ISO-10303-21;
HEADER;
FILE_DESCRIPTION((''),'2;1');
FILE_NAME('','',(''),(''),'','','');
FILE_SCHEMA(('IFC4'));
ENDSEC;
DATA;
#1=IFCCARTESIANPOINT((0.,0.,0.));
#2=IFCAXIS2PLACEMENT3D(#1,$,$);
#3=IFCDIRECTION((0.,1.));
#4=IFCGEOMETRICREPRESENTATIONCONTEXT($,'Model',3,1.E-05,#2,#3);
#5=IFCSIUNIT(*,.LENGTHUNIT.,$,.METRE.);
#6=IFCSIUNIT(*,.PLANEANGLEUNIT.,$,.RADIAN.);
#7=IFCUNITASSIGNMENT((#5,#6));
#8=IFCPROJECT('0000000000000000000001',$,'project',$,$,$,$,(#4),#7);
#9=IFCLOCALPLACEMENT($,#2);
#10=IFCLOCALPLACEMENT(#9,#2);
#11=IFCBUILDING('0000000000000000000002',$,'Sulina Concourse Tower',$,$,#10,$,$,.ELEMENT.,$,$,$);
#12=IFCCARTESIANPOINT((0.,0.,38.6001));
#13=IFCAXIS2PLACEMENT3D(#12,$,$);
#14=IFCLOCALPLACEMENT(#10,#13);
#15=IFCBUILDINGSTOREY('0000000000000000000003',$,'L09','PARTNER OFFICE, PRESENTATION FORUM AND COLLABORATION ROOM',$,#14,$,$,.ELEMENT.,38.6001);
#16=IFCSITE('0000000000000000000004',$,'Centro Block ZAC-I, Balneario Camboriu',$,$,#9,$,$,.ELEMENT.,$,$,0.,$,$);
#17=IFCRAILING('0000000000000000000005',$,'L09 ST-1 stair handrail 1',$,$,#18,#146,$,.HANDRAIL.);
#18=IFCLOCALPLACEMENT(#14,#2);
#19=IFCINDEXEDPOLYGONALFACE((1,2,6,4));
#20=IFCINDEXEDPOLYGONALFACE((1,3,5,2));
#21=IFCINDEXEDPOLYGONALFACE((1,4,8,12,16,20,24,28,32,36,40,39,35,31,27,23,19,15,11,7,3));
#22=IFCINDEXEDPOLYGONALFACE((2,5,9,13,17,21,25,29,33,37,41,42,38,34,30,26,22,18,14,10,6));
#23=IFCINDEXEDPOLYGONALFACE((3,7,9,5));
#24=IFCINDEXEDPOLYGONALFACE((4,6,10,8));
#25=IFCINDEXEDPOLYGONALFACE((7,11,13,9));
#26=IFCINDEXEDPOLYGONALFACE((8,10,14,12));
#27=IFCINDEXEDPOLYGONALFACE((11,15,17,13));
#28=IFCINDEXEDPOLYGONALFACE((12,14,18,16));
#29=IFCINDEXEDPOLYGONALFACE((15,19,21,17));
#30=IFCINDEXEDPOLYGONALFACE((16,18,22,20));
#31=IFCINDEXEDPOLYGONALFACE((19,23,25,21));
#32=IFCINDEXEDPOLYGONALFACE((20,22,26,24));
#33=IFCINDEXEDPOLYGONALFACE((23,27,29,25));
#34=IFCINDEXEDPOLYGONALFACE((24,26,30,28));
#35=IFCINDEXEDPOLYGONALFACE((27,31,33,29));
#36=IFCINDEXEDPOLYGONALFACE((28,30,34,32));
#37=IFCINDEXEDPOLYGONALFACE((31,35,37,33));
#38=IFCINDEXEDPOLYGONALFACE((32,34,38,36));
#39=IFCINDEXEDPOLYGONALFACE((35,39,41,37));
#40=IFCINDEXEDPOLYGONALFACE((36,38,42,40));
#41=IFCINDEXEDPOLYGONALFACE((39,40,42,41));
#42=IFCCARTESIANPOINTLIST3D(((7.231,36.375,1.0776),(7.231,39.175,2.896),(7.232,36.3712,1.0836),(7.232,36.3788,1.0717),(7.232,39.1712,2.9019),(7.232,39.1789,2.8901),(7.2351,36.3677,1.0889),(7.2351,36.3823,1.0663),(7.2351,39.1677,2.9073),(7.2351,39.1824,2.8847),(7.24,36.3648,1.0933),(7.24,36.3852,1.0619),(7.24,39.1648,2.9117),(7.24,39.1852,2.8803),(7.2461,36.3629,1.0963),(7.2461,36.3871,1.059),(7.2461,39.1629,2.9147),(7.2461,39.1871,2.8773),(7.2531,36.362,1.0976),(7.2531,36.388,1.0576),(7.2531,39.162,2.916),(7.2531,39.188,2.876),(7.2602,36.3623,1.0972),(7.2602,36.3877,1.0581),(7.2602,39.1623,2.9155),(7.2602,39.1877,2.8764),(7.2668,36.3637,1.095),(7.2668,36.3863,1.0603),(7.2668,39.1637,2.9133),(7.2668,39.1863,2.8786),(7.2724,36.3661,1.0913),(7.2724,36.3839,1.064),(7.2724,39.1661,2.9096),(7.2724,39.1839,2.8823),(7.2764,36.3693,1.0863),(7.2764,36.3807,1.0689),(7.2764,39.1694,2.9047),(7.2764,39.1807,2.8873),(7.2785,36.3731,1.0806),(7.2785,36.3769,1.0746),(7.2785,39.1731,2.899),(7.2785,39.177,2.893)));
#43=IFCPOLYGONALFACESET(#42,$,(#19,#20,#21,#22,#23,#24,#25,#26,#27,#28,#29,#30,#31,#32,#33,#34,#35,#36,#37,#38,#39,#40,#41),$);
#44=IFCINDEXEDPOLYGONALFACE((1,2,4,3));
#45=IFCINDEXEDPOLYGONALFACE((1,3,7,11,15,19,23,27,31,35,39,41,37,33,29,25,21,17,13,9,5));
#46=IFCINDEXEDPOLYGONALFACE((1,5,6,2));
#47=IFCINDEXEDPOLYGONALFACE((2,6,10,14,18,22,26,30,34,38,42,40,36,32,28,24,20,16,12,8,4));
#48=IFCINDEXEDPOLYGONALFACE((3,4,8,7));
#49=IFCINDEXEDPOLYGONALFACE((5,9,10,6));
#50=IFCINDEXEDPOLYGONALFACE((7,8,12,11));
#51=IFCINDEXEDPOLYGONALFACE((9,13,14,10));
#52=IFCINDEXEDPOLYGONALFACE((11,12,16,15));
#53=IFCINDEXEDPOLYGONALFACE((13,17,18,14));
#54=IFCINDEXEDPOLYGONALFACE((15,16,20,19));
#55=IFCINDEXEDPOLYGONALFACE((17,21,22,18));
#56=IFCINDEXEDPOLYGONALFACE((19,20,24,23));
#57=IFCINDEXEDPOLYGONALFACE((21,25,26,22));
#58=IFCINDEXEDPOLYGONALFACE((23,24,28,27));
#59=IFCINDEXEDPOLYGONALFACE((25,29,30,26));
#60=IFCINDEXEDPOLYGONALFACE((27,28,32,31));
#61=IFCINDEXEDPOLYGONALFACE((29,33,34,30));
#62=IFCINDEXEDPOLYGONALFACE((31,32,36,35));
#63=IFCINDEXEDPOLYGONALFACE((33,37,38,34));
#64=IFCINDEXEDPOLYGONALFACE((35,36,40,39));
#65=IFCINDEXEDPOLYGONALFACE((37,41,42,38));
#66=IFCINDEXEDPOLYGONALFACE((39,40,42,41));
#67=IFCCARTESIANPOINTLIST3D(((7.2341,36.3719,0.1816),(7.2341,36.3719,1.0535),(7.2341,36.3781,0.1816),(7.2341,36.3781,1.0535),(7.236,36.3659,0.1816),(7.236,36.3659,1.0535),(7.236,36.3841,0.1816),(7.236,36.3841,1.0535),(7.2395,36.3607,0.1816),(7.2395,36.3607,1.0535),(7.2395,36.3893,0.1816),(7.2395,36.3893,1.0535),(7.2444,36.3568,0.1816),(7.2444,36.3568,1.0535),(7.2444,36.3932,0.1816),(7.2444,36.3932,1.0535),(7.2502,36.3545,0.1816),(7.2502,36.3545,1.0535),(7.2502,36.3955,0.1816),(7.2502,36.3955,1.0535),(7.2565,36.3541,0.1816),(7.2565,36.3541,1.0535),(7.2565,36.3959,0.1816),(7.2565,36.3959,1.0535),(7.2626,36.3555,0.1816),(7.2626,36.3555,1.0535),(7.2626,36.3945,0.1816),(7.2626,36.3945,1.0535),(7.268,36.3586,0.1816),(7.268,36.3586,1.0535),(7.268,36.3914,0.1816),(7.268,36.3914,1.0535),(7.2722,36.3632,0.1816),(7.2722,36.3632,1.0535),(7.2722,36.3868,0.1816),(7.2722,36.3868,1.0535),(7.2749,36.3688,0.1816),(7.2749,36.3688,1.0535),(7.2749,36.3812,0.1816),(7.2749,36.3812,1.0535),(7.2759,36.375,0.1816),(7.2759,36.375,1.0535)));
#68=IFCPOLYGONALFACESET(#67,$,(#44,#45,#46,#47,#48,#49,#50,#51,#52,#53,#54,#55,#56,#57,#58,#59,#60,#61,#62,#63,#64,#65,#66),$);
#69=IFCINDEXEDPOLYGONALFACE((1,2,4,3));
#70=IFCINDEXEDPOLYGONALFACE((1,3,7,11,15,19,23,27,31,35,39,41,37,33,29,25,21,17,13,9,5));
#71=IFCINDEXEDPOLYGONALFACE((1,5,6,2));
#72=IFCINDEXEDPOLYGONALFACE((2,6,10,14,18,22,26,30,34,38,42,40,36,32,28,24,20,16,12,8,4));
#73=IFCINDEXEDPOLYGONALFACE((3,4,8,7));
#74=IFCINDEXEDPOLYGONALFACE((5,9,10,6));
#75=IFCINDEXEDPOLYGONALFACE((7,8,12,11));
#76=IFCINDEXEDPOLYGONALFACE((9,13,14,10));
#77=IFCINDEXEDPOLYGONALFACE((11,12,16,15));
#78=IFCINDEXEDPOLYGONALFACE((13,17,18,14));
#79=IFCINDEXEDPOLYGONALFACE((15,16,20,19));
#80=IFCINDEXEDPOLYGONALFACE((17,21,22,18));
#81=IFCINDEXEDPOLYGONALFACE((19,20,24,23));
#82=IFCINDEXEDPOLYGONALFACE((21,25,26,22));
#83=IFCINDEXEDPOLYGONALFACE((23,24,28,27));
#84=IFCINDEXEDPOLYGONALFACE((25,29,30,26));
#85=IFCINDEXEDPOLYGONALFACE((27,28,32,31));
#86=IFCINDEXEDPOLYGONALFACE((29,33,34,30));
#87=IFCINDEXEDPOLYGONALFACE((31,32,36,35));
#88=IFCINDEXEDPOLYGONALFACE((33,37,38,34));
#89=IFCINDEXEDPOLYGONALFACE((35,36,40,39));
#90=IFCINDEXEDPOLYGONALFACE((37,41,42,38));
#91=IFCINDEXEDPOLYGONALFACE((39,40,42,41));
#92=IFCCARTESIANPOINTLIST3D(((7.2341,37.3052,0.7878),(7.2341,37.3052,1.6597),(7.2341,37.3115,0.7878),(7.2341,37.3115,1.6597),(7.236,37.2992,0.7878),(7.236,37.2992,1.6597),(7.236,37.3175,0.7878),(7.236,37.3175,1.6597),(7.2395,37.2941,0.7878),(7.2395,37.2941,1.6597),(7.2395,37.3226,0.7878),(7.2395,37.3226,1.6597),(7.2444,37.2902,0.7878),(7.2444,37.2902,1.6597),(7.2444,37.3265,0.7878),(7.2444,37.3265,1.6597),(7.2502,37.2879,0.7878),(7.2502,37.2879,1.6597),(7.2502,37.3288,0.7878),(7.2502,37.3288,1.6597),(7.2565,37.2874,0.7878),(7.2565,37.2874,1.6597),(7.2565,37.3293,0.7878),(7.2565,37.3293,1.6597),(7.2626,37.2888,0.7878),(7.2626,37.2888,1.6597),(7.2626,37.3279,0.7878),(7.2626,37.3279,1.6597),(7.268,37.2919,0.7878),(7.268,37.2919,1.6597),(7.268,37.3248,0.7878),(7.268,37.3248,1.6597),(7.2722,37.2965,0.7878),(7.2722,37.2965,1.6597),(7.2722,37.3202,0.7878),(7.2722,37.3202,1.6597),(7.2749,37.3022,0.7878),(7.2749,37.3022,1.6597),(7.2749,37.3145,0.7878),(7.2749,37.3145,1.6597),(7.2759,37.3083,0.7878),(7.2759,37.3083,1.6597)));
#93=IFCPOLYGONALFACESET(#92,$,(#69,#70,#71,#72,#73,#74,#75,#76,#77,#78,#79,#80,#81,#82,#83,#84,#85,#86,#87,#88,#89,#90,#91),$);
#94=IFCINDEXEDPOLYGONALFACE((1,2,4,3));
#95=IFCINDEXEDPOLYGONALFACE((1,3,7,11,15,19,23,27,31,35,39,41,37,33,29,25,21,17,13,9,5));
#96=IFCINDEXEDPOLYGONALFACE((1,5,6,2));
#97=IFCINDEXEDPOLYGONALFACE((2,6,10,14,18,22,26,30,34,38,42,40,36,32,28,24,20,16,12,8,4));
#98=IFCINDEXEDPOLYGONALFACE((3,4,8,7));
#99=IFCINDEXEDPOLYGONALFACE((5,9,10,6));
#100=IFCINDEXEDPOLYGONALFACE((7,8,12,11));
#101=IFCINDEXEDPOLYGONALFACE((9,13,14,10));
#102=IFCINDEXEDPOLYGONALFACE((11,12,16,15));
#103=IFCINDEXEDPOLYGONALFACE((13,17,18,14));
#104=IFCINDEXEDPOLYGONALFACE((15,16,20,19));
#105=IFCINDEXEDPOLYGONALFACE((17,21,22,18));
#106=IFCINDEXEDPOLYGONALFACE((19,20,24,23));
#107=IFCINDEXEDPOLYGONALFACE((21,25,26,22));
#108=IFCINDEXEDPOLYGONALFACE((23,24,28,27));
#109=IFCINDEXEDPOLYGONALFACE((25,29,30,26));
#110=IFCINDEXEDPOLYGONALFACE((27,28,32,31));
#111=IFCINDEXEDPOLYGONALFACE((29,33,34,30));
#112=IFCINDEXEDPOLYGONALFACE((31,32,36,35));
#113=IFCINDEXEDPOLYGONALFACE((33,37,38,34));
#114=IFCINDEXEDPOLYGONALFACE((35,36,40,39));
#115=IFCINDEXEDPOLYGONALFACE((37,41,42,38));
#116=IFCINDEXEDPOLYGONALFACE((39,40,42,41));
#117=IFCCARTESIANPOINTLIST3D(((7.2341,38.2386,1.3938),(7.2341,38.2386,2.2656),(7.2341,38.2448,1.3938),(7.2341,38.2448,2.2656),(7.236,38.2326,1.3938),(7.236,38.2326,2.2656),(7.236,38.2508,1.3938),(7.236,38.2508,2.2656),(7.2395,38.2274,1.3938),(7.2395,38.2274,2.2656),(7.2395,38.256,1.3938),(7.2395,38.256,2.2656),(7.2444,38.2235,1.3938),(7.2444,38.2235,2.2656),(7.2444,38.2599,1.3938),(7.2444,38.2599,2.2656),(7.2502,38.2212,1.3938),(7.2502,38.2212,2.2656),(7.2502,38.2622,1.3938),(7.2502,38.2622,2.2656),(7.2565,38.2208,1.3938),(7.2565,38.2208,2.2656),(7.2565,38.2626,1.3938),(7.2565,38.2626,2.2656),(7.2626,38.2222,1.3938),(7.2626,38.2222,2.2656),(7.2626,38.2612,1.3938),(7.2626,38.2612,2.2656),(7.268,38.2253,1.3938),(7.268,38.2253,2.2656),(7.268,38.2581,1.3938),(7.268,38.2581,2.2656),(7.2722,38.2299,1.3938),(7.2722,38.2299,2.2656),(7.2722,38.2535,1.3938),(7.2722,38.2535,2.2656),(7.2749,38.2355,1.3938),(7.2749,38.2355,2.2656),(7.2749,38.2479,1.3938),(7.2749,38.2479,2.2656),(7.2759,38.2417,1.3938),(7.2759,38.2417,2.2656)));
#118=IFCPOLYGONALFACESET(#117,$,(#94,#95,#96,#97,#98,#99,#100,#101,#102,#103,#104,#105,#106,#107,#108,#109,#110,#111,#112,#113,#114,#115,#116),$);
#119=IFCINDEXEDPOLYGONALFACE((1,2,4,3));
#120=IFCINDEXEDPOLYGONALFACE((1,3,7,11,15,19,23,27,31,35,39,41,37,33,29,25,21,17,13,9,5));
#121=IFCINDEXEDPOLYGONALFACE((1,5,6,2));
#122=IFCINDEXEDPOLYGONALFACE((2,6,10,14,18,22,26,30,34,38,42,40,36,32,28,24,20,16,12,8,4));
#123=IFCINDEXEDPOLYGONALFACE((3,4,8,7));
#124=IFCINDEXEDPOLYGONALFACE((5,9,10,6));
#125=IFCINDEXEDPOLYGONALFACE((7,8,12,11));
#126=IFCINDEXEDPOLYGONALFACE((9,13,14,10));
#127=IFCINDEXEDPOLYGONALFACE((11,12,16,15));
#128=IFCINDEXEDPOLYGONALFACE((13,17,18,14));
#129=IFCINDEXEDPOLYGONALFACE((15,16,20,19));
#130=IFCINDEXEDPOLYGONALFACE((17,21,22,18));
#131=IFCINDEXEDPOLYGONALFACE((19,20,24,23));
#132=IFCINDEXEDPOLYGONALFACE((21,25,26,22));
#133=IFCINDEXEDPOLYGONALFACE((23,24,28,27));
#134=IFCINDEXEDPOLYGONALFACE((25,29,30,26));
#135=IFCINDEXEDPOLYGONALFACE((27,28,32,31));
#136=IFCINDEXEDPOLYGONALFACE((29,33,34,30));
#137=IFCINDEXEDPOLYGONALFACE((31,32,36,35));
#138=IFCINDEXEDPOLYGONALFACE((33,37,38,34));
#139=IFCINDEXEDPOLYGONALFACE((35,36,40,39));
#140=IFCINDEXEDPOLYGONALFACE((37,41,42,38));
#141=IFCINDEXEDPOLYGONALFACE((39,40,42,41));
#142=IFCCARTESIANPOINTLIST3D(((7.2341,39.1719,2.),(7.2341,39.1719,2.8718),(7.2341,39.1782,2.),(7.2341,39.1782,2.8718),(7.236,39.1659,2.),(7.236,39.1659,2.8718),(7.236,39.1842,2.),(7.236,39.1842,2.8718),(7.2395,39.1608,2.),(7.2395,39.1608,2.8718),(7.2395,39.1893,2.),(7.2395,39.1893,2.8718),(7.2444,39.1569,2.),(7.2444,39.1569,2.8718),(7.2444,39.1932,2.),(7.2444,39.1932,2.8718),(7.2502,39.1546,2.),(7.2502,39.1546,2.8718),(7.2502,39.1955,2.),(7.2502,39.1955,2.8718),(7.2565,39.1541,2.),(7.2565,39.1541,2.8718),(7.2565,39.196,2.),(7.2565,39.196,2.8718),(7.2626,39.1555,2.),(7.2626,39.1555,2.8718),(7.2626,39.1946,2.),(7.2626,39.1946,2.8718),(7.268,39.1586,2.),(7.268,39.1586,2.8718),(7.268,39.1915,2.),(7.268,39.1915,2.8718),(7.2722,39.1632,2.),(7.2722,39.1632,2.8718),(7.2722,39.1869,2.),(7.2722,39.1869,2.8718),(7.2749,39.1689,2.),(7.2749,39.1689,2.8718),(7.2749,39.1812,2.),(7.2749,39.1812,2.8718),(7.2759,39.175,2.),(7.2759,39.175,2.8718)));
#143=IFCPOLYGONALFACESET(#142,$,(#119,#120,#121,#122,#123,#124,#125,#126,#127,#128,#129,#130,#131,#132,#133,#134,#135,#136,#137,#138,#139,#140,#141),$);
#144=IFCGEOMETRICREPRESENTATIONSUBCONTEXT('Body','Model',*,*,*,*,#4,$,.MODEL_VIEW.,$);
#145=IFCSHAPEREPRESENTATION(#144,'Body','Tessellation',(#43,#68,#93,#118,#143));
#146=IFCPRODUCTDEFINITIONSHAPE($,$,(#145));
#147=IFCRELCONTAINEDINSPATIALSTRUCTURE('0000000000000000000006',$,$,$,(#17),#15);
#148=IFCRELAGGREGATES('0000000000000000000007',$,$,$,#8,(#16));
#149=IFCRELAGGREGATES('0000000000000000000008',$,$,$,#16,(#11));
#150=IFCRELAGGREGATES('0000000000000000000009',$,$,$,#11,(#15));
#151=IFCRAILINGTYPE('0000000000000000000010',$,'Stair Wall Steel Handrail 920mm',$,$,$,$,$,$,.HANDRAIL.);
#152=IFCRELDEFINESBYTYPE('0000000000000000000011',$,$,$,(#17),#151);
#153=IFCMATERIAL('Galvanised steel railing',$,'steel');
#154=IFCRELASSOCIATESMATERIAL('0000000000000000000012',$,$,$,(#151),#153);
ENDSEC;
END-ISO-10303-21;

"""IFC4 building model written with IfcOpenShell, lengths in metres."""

from ifc_helpers import new_model, si_unit, direction, frame, origin, origin_2d, place, context, subcontext, project, spatial, circle, extrude, material, type_object, element, save


model = new_model("IFC4")

# Units and contexts
model_context = context("Model", 3, precision=1e-05, world=origin(), true_north=direction((0.0, 1.0)))
body_context = subcontext(model_context, "Body", "Model", "MODEL_VIEW")
ifc_project = project(units=[si_unit("LENGTHUNIT", "METRE"), si_unit("PLANEANGLEUNIT", "RADIAN")], contexts=[model_context])

# Site, building, storey
site_placement = place(None, origin())
site = spatial("IfcSite", under=ifc_project, at=site_placement, Name="Centro Block ZAC-I, Balneario Camboriu", CompositionType="ELEMENT", RefElevation=0.0)
building_placement = place(site_placement, origin())
building = spatial("IfcBuilding", under=site, at=building_placement, Name="Sulina Concourse Tower", CompositionType="ELEMENT")
storey_placement = place(building_placement, frame((0.0, 0.0, 38.6001)))
storey = spatial("IfcBuildingStorey", under=building, at=storey_placement, Name="L09", Description="PARTNER OFFICE, PRESENTATION FORUM AND COLLABORATION ROOM", CompositionType="ELEMENT", Elevation=38.6001)

# Railing
ifc_material_1 = material(Name="Galvanised steel railing", Category="steel")
railing_type_1 = type_object("IfcRailingType", Name="Stair Wall Steel Handrail 920mm", PredefinedType="HANDRAIL", material=ifc_material_1)
railing_1_placement = place(storey_placement, frame((7.2549, 36.375, 0.1816)))
element("IfcRailing", 1, at=railing_1_placement, inside=storey, type_object=railing_type_1, Name="L09 ST-1 stair handrail 1", PredefinedType="HANDRAIL", context=body_context, shape_type="SweptSolid", body=[
    extrude(circle(Radius=0.0239, at=origin_2d()), frame((0.0, 0.0, 0.896), z_axis=(0.0, 0.838672, 0.544636), x_axis=(-1.0, 0.0, 0.0)), (0.0, 0.0, 1.0), 3.3386),
    extrude(circle(Radius=0.021, at=origin_2d()), origin(), (0.0, 0.0, 1.0), 0.8718),
    extrude(circle(Radius=0.021, at=origin_2d()), frame((0.0, 0.9333, 0.6062)), (0.0, 0.0, 1.0), 0.8718),
    extrude(circle(Radius=0.021, at=origin_2d()), frame((0.0, 1.8667, 1.2122)), (0.0, 0.0, 1.0), 0.8718),
    extrude(circle(Radius=0.021, at=origin_2d()), frame((0.0, 2.8, 1.8184)), (0.0, 0.0, 1.0), 0.8718),
])

save(model, "model.ifc")
